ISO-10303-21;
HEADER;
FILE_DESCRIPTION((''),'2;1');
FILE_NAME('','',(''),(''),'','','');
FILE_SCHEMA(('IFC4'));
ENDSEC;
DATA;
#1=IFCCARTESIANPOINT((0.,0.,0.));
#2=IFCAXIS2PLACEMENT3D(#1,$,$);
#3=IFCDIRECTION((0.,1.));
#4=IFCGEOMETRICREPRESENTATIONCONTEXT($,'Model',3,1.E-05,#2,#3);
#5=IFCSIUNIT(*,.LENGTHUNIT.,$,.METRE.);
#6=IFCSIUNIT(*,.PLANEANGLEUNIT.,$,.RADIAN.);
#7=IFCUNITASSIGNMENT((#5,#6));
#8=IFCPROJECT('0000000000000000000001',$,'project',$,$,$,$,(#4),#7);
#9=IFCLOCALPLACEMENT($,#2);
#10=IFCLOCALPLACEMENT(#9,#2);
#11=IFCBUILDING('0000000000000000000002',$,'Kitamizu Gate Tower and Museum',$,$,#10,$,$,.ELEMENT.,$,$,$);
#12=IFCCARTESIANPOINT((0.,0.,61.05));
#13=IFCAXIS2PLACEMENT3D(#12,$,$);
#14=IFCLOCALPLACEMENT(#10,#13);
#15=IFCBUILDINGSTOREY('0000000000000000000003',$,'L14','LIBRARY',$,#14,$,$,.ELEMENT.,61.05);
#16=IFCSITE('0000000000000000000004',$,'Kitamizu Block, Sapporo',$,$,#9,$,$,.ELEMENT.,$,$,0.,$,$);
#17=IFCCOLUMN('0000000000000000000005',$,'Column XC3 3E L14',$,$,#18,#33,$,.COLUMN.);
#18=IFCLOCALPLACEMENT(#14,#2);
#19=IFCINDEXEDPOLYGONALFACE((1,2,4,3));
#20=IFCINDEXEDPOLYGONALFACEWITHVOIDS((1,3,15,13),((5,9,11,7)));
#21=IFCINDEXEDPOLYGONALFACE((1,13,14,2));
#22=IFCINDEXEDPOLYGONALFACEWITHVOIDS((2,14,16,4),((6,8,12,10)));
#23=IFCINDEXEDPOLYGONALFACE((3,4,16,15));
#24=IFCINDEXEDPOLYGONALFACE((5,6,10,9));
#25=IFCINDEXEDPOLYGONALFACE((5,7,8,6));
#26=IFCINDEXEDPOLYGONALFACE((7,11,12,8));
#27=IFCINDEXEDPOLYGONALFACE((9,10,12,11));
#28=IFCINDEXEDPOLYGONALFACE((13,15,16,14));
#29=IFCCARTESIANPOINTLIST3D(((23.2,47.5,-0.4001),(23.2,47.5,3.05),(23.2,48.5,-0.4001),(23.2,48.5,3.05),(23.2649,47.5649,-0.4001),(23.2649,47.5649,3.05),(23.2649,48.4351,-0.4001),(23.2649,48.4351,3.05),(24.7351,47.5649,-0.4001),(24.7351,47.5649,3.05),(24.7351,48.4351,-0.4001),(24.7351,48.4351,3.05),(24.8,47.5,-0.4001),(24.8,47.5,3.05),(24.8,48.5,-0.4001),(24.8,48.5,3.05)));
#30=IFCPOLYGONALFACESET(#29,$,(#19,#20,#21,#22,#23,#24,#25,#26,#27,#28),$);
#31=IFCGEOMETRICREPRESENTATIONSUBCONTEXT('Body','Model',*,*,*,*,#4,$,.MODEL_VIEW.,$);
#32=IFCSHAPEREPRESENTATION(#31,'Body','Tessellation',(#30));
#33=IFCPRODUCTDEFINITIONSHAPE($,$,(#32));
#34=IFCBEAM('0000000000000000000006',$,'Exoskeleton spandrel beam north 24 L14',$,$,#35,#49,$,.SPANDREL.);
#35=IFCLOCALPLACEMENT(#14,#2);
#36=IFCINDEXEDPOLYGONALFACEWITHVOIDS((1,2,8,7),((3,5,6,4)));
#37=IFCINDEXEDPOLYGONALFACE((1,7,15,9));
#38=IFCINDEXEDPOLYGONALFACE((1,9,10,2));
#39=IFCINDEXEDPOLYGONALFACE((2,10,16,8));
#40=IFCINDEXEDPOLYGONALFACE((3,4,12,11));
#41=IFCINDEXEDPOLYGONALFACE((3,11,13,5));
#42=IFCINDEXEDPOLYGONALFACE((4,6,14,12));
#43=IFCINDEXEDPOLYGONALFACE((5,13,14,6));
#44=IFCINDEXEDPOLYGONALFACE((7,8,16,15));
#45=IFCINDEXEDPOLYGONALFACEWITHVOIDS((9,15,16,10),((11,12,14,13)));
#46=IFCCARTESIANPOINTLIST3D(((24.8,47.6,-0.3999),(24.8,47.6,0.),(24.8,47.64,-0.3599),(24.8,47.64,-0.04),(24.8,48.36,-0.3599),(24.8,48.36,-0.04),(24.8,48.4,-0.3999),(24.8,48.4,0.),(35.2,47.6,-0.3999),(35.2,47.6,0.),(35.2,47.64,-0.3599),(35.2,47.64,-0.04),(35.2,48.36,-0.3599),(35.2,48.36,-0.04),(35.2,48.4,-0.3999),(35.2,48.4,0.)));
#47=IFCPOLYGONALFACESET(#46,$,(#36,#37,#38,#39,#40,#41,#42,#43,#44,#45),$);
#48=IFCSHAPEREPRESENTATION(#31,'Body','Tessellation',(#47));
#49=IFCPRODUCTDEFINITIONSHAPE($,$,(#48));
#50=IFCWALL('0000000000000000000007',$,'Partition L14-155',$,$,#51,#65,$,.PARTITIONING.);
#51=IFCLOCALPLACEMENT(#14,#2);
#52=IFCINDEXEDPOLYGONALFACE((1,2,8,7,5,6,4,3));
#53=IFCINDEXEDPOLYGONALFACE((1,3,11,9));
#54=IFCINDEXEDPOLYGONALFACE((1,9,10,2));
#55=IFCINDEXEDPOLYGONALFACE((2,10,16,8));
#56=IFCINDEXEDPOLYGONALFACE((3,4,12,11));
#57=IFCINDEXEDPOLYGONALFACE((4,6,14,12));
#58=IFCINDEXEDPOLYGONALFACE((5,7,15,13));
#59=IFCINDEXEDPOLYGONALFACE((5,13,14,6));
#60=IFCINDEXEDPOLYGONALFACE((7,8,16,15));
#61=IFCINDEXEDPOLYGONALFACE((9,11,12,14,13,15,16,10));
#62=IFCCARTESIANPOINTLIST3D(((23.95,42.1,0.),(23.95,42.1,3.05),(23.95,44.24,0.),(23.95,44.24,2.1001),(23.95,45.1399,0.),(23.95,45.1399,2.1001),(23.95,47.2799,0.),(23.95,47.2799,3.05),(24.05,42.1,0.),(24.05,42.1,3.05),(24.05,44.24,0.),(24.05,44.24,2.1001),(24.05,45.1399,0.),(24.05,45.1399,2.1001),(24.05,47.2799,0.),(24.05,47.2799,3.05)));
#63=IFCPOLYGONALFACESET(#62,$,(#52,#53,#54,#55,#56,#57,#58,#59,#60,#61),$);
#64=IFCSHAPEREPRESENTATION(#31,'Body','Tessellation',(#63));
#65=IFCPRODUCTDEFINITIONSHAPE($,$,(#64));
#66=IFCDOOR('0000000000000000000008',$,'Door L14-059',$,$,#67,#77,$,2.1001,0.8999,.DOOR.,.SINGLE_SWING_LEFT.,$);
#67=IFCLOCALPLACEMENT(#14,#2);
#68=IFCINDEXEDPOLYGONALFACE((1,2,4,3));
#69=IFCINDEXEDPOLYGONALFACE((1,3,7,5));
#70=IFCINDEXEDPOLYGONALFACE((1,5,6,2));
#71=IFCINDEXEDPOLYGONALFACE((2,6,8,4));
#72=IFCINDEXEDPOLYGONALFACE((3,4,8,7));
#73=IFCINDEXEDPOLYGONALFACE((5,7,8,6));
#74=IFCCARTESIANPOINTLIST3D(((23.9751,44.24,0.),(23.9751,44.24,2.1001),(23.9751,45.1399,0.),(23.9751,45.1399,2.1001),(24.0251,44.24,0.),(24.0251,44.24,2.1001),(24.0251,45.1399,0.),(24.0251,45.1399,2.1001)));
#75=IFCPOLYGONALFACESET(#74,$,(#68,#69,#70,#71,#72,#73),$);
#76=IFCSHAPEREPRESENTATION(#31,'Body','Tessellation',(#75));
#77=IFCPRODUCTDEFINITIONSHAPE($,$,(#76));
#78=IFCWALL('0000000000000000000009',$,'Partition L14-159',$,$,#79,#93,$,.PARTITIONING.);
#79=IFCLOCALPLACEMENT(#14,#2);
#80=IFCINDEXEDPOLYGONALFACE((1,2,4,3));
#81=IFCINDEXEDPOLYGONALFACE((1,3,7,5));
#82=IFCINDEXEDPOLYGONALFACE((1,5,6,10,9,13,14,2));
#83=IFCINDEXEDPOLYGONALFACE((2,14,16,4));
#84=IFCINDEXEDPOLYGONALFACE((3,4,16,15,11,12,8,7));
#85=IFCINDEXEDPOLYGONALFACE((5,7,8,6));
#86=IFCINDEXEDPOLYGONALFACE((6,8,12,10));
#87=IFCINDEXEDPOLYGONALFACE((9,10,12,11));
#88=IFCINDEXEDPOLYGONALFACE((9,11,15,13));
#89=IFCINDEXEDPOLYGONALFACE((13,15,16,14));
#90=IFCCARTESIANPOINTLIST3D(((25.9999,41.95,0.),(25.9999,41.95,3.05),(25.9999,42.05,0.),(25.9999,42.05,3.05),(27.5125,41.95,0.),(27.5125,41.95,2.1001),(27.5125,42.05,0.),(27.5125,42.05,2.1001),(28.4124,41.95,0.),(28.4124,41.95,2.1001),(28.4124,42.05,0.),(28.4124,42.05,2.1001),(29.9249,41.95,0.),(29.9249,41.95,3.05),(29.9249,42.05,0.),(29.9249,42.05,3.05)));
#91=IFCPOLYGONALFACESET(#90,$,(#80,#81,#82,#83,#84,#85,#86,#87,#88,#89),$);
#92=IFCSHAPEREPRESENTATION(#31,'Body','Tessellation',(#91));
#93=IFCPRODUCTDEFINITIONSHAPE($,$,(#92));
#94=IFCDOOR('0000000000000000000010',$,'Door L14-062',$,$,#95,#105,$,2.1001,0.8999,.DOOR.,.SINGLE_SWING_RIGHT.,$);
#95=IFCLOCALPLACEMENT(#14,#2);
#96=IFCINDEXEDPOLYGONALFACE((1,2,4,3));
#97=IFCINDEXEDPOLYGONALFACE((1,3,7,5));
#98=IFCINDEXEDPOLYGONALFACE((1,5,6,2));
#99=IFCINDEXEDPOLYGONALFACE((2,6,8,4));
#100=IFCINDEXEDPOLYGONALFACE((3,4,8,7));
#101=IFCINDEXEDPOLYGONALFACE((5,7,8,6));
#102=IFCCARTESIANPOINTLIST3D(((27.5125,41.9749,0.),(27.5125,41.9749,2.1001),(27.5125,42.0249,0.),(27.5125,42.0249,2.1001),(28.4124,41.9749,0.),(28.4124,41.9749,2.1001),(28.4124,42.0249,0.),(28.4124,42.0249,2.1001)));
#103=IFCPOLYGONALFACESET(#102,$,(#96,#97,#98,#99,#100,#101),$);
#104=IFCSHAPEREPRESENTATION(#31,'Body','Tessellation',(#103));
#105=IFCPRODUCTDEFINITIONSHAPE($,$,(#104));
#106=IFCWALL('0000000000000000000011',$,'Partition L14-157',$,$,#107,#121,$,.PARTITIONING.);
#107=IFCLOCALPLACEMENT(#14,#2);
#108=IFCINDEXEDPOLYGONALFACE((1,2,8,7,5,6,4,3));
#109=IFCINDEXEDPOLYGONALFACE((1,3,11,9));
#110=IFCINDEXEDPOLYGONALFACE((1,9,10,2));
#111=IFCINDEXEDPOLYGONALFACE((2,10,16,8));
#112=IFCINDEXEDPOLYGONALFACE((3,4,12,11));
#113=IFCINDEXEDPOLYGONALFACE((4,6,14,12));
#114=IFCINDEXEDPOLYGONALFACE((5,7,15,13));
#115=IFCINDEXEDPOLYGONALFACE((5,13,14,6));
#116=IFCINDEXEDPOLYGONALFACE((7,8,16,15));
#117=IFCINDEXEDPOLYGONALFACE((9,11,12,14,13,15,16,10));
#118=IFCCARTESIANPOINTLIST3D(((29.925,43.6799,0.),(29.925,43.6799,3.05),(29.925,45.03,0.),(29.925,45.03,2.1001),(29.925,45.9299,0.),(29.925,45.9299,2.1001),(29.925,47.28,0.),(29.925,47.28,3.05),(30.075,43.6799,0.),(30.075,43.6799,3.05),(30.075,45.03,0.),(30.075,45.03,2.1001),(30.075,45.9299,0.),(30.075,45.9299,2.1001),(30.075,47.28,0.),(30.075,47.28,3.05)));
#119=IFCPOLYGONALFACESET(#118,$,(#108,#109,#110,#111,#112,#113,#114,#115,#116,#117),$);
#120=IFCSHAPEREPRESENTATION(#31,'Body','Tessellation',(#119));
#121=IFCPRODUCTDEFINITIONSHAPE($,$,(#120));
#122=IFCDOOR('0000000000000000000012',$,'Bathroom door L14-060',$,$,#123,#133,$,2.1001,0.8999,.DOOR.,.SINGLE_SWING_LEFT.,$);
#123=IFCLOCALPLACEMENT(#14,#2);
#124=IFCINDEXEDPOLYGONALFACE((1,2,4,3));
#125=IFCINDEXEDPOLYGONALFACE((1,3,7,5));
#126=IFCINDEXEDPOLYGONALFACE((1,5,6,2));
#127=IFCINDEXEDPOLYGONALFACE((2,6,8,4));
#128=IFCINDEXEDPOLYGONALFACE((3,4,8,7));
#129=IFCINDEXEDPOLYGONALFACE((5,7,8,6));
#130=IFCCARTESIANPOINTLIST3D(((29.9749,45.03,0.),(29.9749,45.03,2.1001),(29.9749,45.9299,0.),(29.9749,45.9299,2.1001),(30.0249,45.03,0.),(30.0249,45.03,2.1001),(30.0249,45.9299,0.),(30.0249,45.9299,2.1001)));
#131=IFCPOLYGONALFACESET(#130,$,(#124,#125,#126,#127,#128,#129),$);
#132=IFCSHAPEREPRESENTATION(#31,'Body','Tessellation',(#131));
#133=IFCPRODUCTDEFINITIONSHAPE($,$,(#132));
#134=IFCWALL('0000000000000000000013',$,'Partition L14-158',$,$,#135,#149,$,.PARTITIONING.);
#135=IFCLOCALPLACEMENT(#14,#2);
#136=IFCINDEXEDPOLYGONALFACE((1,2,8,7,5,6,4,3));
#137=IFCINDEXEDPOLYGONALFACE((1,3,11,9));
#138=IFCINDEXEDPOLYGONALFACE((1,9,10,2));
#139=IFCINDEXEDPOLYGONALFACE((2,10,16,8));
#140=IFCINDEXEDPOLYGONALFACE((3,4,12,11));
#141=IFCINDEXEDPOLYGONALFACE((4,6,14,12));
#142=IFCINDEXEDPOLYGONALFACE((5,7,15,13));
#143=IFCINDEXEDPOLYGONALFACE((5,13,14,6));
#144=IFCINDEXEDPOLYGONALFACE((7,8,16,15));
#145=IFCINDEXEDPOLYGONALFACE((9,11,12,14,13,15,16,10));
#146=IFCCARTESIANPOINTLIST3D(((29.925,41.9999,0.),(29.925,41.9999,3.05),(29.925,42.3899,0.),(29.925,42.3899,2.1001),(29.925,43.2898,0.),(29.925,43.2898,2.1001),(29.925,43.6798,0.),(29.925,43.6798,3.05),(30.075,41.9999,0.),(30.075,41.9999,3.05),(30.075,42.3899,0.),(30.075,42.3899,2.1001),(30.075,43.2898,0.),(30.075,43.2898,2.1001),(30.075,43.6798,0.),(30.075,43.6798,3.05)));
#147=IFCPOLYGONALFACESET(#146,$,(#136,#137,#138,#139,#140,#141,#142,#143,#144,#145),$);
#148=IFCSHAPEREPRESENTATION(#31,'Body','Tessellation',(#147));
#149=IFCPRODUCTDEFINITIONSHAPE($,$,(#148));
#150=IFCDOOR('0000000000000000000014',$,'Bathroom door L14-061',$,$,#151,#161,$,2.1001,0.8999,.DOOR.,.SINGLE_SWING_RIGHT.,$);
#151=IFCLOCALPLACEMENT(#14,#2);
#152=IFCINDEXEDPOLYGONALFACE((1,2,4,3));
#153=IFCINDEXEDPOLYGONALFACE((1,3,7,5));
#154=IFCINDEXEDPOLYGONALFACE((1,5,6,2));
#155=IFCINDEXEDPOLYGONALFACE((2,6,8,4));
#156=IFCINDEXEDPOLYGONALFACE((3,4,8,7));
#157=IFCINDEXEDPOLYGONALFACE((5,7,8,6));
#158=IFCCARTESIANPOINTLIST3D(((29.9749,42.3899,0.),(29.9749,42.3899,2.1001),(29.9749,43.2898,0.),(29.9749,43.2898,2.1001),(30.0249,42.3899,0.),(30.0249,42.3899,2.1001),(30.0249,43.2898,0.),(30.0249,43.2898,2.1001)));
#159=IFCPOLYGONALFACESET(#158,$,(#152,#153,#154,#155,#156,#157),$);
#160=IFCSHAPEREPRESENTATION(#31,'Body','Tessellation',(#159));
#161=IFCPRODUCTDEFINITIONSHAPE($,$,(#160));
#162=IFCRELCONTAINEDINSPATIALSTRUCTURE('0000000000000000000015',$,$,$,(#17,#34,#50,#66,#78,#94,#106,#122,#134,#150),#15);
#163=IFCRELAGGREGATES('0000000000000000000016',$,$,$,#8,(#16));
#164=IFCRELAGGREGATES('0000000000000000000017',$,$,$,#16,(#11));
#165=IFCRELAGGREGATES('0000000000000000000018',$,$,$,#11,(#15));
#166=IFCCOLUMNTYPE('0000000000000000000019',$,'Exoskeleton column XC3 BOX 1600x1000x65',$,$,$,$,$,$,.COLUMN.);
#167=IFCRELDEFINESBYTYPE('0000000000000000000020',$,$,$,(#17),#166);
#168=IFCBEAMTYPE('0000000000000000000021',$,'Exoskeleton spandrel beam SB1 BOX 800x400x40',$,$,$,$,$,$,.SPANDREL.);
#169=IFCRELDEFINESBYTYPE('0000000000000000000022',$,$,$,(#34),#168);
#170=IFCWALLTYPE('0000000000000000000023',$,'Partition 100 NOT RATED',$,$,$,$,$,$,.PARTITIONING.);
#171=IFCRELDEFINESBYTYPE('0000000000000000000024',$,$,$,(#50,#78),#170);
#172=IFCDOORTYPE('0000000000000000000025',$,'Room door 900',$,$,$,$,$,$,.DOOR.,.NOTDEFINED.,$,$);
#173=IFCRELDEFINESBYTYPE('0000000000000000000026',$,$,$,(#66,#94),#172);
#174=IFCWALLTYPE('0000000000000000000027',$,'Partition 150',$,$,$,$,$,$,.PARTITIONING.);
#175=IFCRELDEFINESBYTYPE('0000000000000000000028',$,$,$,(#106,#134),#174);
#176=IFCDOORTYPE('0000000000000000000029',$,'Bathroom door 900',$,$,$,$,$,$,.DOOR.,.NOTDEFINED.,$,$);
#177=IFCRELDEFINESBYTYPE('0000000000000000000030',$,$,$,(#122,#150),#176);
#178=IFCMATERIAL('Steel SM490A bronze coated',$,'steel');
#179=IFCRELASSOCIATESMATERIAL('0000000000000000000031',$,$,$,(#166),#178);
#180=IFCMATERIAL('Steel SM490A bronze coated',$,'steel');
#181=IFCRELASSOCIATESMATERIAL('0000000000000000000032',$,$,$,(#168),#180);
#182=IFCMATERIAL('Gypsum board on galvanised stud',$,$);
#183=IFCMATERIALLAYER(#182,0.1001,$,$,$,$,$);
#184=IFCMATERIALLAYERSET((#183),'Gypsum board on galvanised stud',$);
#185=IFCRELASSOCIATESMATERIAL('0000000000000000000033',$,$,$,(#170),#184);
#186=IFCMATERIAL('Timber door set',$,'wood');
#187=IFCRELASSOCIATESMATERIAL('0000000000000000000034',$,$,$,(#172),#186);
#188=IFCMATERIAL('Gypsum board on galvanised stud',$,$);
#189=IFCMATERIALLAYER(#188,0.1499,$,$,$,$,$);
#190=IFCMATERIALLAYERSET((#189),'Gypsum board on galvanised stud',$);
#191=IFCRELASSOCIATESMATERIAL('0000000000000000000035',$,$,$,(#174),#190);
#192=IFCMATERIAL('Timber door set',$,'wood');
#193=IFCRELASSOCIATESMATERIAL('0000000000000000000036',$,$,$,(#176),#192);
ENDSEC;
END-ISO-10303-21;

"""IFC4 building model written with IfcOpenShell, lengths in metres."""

from ifc_helpers import new_model, si_unit, direction, frame, frame_2d, origin, origin_2d, place, context, subcontext, project, spatial, rectangle, hollow_rectangle, extrude, material, layer, layer_set, material_profile, profile_set, type_object, element, fill, save


model = new_model("IFC4")

# Units and contexts
model_context = context("Model", 3, precision=1e-05, world=origin(), true_north=direction((0.0, 1.0)))
body_context = subcontext(model_context, "Body", "Model", "MODEL_VIEW")
ifc_project = project(units=[si_unit("LENGTHUNIT", "METRE"), si_unit("PLANEANGLEUNIT", "RADIAN")], contexts=[model_context])

# Site, building, storey
site_placement = place(None, origin())
site = spatial("IfcSite", under=ifc_project, at=site_placement, Name="Kitamizu Block, Sapporo", CompositionType="ELEMENT", RefElevation=0.0)
building_placement = place(site_placement, origin())
building = spatial("IfcBuilding", under=site, at=building_placement, Name="Kitamizu Gate Tower and Museum", CompositionType="ELEMENT")
storey_placement = place(building_placement, frame((0.0, 0.0, 61.05)))
storey = spatial("IfcBuildingStorey", under=building, at=storey_placement, Name="L14", Description="LIBRARY", CompositionType="ELEMENT", Elevation=61.05)

# Column
ifc_material_1 = material(Name="Steel SM490A bronze coated", Category="steel")
ifc_material_profile_1 = material_profile(ifc_material_1, hollow_rectangle(XDim=1.6001, YDim=1.0, WallThickness=0.0649, at=origin_2d()), Name="BOX 1600x1000x65")
ifc_profile_set_1 = profile_set([ifc_material_profile_1], Name="Steel SM490A bronze coated")
column_type = type_object("IfcColumnType", Name="Exoskeleton column XC3 BOX 1600x1000x65", PredefinedType="COLUMN", material=ifc_profile_set_1)
column_placement = place(storey_placement, frame((24.0, 48.0, -0.4001), z_axis=(0.0, 0.0, 1.0), x_axis=(1.0, 0.0, 0.0)))
element("IfcColumn", 1, at=column_placement, inside=storey, type_object=column_type, Name="Column XC3 3E L14", PredefinedType="COLUMN", context=body_context, shape_type="SweptSolid", body=[
    extrude(hollow_rectangle(XDim=1.6001, YDim=1.0, WallThickness=0.0649, at=origin_2d()), origin(), (0.0, 0.0, 1.0), 3.4502),
])

# Beam
ifc_material_2 = material(Name="Steel SM490A bronze coated", Category="steel")
ifc_material_profile_2 = material_profile(ifc_material_2, hollow_rectangle(XDim=0.8, YDim=0.3999, WallThickness=0.04, at=origin_2d()), Name="BOX 800x400x40")
ifc_profile_set_2 = profile_set([ifc_material_profile_2], Name="Steel SM490A bronze coated")
beam_type = type_object("IfcBeamType", Name="Exoskeleton spandrel beam SB1 BOX 800x400x40", PredefinedType="SPANDREL", material=ifc_profile_set_2)
beam_placement = place(storey_placement, frame((24.8, 48.0, -0.2), z_axis=(1.0, 0.0, 0.0), x_axis=(0.0, 1.0, 0.0)))
element("IfcBeam", 2, at=beam_placement, inside=storey, type_object=beam_type, Name="Exoskeleton spandrel beam north 24 L14", PredefinedType="SPANDREL", context=body_context, shape_type="SweptSolid", body=[
    extrude(hollow_rectangle(XDim=0.8, YDim=0.3999, WallThickness=0.04, at=origin_2d()), origin(), (0.0, 0.0, 1.0), 10.3999),
])

# Walls, openings, doors
ifc_material_3 = material(Name="Gypsum board on galvanised stud")
ifc_layer_1 = layer(ifc_material_3, 0.1001)
ifc_layer_set_1 = layer_set([ifc_layer_1], Name="Gypsum board on galvanised stud")
wall_type_1 = type_object("IfcWallType", Name="Partition 100 NOT RATED", PredefinedType="PARTITIONING", material=ifc_layer_set_1)
wall_1_placement = place(storey_placement, frame((24.0, 42.1001, 0.0), z_axis=(0.0, 0.0, 1.0), x_axis=(0.0, 1.0, 0.0)))
wall_1 = element("IfcWall", 3, at=wall_1_placement, inside=storey, type_object=wall_type_1, Name="Partition L14-155", PredefinedType="PARTITIONING", context=body_context, shape_type="SweptSolid", body=[
    extrude(rectangle(XDim=5.1799, YDim=0.1001, at=frame_2d((2.5898, 0.0))), origin(), (0.0, 0.0, 1.0), 3.05),
])
opening_1_placement = place(wall_1_placement, frame((2.1399, 0.0, 0.0)))
opening_1 = element("IfcOpeningElement", 4, at=opening_1_placement, cuts=wall_1, PredefinedType="OPENING", context=body_context, shape_type="SweptSolid", body=[
    extrude(rectangle(XDim=0.8999, YDim=2.1001, at=frame_2d((0.45, 1.05))), frame((0.0, 0.0601, 0.0), z_axis=(0.0, -1.0, 0.0), x_axis=(1.0, 0.0, 0.0)), (0.0, 0.0, 1.0), 0.1201),
])
ifc_material_4 = material(Name="Timber door set", Category="wood")
door_type_1 = type_object("IfcDoorType", Name="Room door 900", OperationType="NOTDEFINED", PredefinedType="DOOR", material=ifc_material_4)
door_1_placement = place(opening_1_placement, origin())
door_1 = element("IfcDoor", 5, at=door_1_placement, inside=storey, type_object=door_type_1, Name="Door L14-059", OperationType="SINGLE_SWING_LEFT", OverallHeight=2.1001, OverallWidth=0.8999, PredefinedType="DOOR", context=body_context, shape_type="SweptSolid", body=[
    extrude(rectangle(XDim=0.8999, YDim=2.1001, at=frame_2d((0.45, 1.05))), frame((0.0, 0.0249, 0.0), z_axis=(0.0, -1.0, 0.0), x_axis=(1.0, 0.0, 0.0)), (0.0, 0.0, 1.0), 0.05),
])
fill(opening_1, door_1)
wall_2_placement = place(storey_placement, frame((26.0, 42.0, 0.0), z_axis=(0.0, 0.0, 1.0), x_axis=(1.0, 0.0, 0.0)))
wall_2 = element("IfcWall", 6, at=wall_2_placement, inside=storey, type_object=wall_type_1, Name="Partition L14-159", PredefinedType="PARTITIONING", context=body_context, shape_type="SweptSolid", body=[
    extrude(rectangle(XDim=3.925, YDim=0.1001, at=frame_2d((1.9624, 0.0))), origin(), (0.0, 0.0, 1.0), 3.05),
])
opening_2_placement = place(wall_2_placement, frame((1.5125, 0.0, 0.0)))
opening_2 = element("IfcOpeningElement", 7, at=opening_2_placement, cuts=wall_2, PredefinedType="OPENING", context=body_context, shape_type="SweptSolid", body=[
    extrude(rectangle(XDim=0.8999, YDim=2.1001, at=frame_2d((0.45, 1.05))), frame((0.0, 0.0601, 0.0), z_axis=(0.0, -1.0, 0.0), x_axis=(1.0, 0.0, 0.0)), (0.0, 0.0, 1.0), 0.1201),
])
door_2_placement = place(opening_2_placement, origin())
door_2 = element("IfcDoor", 8, at=door_2_placement, inside=storey, type_object=door_type_1, Name="Door L14-062", OperationType="SINGLE_SWING_RIGHT", OverallHeight=2.1001, OverallWidth=0.8999, PredefinedType="DOOR", context=body_context, shape_type="SweptSolid", body=[
    extrude(rectangle(XDim=0.8999, YDim=2.1001, at=frame_2d((0.45, 1.05))), frame((0.0, 0.0249, 0.0), z_axis=(0.0, -1.0, 0.0), x_axis=(1.0, 0.0, 0.0)), (0.0, 0.0, 1.0), 0.05),
])
fill(opening_2, door_2)
ifc_material_5 = material(Name="Gypsum board on galvanised stud")
ifc_layer_2 = layer(ifc_material_5, 0.1499)
ifc_layer_set_2 = layer_set([ifc_layer_2], Name="Gypsum board on galvanised stud")
wall_type_2 = type_object("IfcWallType", Name="Partition 150", PredefinedType="PARTITIONING", material=ifc_layer_set_2)
wall_3_placement = place(storey_placement, frame((30.0, 43.6799, 0.0), z_axis=(0.0, 0.0, 1.0), x_axis=(0.0, 1.0, 0.0)))
wall_3 = element("IfcWall", 9, at=wall_3_placement, inside=storey, type_object=wall_type_2, Name="Partition L14-157", PredefinedType="PARTITIONING", context=body_context, shape_type="SweptSolid", body=[
    extrude(rectangle(XDim=3.6001, YDim=0.1499, at=frame_2d((1.8, 0.0))), origin(), (0.0, 0.0, 1.0), 3.05),
])
opening_3_placement = place(wall_3_placement, frame((1.3501, 0.0, 0.0)))
opening_3 = element("IfcOpeningElement", 10, at=opening_3_placement, cuts=wall_3, PredefinedType="OPENING", context=body_context, shape_type="SweptSolid", body=[
    extrude(rectangle(XDim=0.8999, YDim=2.1001, at=frame_2d((0.45, 1.05))), frame((0.0, 0.085, 0.0), z_axis=(0.0, -1.0, 0.0), x_axis=(1.0, 0.0, 0.0)), (0.0, 0.0, 1.0), 0.1699),
])
ifc_material_6 = material(Name="Timber door set", Category="wood")
door_type_2 = type_object("IfcDoorType", Name="Bathroom door 900", OperationType="NOTDEFINED", PredefinedType="DOOR", material=ifc_material_6)
door_3_placement = place(opening_3_placement, frame((0.8999, 0.0, 0.0), x_axis=(-1.0, 0.0, 0.0)))
door_3 = element("IfcDoor", 11, at=door_3_placement, inside=storey, type_object=door_type_2, Name="Bathroom door L14-060", OperationType="SINGLE_SWING_LEFT", OverallHeight=2.1001, OverallWidth=0.8999, PredefinedType="DOOR", context=body_context, shape_type="SweptSolid", body=[
    extrude(rectangle(XDim=0.8999, YDim=2.1001, at=frame_2d((0.45, 1.05))), frame((0.0, 0.0249, 0.0), z_axis=(0.0, -1.0, 0.0), x_axis=(1.0, 0.0, 0.0)), (0.0, 0.0, 1.0), 0.05),
])
fill(opening_3, door_3)
wall_4_placement = place(storey_placement, frame((30.0, 42.0, 0.0), z_axis=(0.0, 0.0, 1.0), x_axis=(0.0, 1.0, 0.0)))
wall_4 = element("IfcWall", 12, at=wall_4_placement, inside=storey, type_object=wall_type_2, Name="Partition L14-158", PredefinedType="PARTITIONING", context=body_context, shape_type="SweptSolid", body=[
    extrude(rectangle(XDim=1.6799, YDim=0.1499, at=frame_2d((0.8398, 0.0))), origin(), (0.0, 0.0, 1.0), 3.05),
])
opening_4_placement = place(wall_4_placement, frame((0.3899, 0.0, 0.0)))
opening_4 = element("IfcOpeningElement", 13, at=opening_4_placement, cuts=wall_4, PredefinedType="OPENING", context=body_context, shape_type="SweptSolid", body=[
    extrude(rectangle(XDim=0.8999, YDim=2.1001, at=frame_2d((0.45, 1.05))), frame((0.0, 0.085, 0.0), z_axis=(0.0, -1.0, 0.0), x_axis=(1.0, 0.0, 0.0)), (0.0, 0.0, 1.0), 0.1699),
])
door_4_placement = place(opening_4_placement, frame((0.8999, 0.0, 0.0), x_axis=(-1.0, 0.0, 0.0)))
door_4 = element("IfcDoor", 14, at=door_4_placement, inside=storey, type_object=door_type_2, Name="Bathroom door L14-061", OperationType="SINGLE_SWING_RIGHT", OverallHeight=2.1001, OverallWidth=0.8999, PredefinedType="DOOR", context=body_context, shape_type="SweptSolid", body=[
    extrude(rectangle(XDim=0.8999, YDim=2.1001, at=frame_2d((0.45, 1.05))), frame((0.0, 0.0249, 0.0), z_axis=(0.0, -1.0, 0.0), x_axis=(1.0, 0.0, 0.0)), (0.0, 0.0, 1.0), 0.05),
])
fill(opening_4, door_4)

save(model, "model.ifc")
